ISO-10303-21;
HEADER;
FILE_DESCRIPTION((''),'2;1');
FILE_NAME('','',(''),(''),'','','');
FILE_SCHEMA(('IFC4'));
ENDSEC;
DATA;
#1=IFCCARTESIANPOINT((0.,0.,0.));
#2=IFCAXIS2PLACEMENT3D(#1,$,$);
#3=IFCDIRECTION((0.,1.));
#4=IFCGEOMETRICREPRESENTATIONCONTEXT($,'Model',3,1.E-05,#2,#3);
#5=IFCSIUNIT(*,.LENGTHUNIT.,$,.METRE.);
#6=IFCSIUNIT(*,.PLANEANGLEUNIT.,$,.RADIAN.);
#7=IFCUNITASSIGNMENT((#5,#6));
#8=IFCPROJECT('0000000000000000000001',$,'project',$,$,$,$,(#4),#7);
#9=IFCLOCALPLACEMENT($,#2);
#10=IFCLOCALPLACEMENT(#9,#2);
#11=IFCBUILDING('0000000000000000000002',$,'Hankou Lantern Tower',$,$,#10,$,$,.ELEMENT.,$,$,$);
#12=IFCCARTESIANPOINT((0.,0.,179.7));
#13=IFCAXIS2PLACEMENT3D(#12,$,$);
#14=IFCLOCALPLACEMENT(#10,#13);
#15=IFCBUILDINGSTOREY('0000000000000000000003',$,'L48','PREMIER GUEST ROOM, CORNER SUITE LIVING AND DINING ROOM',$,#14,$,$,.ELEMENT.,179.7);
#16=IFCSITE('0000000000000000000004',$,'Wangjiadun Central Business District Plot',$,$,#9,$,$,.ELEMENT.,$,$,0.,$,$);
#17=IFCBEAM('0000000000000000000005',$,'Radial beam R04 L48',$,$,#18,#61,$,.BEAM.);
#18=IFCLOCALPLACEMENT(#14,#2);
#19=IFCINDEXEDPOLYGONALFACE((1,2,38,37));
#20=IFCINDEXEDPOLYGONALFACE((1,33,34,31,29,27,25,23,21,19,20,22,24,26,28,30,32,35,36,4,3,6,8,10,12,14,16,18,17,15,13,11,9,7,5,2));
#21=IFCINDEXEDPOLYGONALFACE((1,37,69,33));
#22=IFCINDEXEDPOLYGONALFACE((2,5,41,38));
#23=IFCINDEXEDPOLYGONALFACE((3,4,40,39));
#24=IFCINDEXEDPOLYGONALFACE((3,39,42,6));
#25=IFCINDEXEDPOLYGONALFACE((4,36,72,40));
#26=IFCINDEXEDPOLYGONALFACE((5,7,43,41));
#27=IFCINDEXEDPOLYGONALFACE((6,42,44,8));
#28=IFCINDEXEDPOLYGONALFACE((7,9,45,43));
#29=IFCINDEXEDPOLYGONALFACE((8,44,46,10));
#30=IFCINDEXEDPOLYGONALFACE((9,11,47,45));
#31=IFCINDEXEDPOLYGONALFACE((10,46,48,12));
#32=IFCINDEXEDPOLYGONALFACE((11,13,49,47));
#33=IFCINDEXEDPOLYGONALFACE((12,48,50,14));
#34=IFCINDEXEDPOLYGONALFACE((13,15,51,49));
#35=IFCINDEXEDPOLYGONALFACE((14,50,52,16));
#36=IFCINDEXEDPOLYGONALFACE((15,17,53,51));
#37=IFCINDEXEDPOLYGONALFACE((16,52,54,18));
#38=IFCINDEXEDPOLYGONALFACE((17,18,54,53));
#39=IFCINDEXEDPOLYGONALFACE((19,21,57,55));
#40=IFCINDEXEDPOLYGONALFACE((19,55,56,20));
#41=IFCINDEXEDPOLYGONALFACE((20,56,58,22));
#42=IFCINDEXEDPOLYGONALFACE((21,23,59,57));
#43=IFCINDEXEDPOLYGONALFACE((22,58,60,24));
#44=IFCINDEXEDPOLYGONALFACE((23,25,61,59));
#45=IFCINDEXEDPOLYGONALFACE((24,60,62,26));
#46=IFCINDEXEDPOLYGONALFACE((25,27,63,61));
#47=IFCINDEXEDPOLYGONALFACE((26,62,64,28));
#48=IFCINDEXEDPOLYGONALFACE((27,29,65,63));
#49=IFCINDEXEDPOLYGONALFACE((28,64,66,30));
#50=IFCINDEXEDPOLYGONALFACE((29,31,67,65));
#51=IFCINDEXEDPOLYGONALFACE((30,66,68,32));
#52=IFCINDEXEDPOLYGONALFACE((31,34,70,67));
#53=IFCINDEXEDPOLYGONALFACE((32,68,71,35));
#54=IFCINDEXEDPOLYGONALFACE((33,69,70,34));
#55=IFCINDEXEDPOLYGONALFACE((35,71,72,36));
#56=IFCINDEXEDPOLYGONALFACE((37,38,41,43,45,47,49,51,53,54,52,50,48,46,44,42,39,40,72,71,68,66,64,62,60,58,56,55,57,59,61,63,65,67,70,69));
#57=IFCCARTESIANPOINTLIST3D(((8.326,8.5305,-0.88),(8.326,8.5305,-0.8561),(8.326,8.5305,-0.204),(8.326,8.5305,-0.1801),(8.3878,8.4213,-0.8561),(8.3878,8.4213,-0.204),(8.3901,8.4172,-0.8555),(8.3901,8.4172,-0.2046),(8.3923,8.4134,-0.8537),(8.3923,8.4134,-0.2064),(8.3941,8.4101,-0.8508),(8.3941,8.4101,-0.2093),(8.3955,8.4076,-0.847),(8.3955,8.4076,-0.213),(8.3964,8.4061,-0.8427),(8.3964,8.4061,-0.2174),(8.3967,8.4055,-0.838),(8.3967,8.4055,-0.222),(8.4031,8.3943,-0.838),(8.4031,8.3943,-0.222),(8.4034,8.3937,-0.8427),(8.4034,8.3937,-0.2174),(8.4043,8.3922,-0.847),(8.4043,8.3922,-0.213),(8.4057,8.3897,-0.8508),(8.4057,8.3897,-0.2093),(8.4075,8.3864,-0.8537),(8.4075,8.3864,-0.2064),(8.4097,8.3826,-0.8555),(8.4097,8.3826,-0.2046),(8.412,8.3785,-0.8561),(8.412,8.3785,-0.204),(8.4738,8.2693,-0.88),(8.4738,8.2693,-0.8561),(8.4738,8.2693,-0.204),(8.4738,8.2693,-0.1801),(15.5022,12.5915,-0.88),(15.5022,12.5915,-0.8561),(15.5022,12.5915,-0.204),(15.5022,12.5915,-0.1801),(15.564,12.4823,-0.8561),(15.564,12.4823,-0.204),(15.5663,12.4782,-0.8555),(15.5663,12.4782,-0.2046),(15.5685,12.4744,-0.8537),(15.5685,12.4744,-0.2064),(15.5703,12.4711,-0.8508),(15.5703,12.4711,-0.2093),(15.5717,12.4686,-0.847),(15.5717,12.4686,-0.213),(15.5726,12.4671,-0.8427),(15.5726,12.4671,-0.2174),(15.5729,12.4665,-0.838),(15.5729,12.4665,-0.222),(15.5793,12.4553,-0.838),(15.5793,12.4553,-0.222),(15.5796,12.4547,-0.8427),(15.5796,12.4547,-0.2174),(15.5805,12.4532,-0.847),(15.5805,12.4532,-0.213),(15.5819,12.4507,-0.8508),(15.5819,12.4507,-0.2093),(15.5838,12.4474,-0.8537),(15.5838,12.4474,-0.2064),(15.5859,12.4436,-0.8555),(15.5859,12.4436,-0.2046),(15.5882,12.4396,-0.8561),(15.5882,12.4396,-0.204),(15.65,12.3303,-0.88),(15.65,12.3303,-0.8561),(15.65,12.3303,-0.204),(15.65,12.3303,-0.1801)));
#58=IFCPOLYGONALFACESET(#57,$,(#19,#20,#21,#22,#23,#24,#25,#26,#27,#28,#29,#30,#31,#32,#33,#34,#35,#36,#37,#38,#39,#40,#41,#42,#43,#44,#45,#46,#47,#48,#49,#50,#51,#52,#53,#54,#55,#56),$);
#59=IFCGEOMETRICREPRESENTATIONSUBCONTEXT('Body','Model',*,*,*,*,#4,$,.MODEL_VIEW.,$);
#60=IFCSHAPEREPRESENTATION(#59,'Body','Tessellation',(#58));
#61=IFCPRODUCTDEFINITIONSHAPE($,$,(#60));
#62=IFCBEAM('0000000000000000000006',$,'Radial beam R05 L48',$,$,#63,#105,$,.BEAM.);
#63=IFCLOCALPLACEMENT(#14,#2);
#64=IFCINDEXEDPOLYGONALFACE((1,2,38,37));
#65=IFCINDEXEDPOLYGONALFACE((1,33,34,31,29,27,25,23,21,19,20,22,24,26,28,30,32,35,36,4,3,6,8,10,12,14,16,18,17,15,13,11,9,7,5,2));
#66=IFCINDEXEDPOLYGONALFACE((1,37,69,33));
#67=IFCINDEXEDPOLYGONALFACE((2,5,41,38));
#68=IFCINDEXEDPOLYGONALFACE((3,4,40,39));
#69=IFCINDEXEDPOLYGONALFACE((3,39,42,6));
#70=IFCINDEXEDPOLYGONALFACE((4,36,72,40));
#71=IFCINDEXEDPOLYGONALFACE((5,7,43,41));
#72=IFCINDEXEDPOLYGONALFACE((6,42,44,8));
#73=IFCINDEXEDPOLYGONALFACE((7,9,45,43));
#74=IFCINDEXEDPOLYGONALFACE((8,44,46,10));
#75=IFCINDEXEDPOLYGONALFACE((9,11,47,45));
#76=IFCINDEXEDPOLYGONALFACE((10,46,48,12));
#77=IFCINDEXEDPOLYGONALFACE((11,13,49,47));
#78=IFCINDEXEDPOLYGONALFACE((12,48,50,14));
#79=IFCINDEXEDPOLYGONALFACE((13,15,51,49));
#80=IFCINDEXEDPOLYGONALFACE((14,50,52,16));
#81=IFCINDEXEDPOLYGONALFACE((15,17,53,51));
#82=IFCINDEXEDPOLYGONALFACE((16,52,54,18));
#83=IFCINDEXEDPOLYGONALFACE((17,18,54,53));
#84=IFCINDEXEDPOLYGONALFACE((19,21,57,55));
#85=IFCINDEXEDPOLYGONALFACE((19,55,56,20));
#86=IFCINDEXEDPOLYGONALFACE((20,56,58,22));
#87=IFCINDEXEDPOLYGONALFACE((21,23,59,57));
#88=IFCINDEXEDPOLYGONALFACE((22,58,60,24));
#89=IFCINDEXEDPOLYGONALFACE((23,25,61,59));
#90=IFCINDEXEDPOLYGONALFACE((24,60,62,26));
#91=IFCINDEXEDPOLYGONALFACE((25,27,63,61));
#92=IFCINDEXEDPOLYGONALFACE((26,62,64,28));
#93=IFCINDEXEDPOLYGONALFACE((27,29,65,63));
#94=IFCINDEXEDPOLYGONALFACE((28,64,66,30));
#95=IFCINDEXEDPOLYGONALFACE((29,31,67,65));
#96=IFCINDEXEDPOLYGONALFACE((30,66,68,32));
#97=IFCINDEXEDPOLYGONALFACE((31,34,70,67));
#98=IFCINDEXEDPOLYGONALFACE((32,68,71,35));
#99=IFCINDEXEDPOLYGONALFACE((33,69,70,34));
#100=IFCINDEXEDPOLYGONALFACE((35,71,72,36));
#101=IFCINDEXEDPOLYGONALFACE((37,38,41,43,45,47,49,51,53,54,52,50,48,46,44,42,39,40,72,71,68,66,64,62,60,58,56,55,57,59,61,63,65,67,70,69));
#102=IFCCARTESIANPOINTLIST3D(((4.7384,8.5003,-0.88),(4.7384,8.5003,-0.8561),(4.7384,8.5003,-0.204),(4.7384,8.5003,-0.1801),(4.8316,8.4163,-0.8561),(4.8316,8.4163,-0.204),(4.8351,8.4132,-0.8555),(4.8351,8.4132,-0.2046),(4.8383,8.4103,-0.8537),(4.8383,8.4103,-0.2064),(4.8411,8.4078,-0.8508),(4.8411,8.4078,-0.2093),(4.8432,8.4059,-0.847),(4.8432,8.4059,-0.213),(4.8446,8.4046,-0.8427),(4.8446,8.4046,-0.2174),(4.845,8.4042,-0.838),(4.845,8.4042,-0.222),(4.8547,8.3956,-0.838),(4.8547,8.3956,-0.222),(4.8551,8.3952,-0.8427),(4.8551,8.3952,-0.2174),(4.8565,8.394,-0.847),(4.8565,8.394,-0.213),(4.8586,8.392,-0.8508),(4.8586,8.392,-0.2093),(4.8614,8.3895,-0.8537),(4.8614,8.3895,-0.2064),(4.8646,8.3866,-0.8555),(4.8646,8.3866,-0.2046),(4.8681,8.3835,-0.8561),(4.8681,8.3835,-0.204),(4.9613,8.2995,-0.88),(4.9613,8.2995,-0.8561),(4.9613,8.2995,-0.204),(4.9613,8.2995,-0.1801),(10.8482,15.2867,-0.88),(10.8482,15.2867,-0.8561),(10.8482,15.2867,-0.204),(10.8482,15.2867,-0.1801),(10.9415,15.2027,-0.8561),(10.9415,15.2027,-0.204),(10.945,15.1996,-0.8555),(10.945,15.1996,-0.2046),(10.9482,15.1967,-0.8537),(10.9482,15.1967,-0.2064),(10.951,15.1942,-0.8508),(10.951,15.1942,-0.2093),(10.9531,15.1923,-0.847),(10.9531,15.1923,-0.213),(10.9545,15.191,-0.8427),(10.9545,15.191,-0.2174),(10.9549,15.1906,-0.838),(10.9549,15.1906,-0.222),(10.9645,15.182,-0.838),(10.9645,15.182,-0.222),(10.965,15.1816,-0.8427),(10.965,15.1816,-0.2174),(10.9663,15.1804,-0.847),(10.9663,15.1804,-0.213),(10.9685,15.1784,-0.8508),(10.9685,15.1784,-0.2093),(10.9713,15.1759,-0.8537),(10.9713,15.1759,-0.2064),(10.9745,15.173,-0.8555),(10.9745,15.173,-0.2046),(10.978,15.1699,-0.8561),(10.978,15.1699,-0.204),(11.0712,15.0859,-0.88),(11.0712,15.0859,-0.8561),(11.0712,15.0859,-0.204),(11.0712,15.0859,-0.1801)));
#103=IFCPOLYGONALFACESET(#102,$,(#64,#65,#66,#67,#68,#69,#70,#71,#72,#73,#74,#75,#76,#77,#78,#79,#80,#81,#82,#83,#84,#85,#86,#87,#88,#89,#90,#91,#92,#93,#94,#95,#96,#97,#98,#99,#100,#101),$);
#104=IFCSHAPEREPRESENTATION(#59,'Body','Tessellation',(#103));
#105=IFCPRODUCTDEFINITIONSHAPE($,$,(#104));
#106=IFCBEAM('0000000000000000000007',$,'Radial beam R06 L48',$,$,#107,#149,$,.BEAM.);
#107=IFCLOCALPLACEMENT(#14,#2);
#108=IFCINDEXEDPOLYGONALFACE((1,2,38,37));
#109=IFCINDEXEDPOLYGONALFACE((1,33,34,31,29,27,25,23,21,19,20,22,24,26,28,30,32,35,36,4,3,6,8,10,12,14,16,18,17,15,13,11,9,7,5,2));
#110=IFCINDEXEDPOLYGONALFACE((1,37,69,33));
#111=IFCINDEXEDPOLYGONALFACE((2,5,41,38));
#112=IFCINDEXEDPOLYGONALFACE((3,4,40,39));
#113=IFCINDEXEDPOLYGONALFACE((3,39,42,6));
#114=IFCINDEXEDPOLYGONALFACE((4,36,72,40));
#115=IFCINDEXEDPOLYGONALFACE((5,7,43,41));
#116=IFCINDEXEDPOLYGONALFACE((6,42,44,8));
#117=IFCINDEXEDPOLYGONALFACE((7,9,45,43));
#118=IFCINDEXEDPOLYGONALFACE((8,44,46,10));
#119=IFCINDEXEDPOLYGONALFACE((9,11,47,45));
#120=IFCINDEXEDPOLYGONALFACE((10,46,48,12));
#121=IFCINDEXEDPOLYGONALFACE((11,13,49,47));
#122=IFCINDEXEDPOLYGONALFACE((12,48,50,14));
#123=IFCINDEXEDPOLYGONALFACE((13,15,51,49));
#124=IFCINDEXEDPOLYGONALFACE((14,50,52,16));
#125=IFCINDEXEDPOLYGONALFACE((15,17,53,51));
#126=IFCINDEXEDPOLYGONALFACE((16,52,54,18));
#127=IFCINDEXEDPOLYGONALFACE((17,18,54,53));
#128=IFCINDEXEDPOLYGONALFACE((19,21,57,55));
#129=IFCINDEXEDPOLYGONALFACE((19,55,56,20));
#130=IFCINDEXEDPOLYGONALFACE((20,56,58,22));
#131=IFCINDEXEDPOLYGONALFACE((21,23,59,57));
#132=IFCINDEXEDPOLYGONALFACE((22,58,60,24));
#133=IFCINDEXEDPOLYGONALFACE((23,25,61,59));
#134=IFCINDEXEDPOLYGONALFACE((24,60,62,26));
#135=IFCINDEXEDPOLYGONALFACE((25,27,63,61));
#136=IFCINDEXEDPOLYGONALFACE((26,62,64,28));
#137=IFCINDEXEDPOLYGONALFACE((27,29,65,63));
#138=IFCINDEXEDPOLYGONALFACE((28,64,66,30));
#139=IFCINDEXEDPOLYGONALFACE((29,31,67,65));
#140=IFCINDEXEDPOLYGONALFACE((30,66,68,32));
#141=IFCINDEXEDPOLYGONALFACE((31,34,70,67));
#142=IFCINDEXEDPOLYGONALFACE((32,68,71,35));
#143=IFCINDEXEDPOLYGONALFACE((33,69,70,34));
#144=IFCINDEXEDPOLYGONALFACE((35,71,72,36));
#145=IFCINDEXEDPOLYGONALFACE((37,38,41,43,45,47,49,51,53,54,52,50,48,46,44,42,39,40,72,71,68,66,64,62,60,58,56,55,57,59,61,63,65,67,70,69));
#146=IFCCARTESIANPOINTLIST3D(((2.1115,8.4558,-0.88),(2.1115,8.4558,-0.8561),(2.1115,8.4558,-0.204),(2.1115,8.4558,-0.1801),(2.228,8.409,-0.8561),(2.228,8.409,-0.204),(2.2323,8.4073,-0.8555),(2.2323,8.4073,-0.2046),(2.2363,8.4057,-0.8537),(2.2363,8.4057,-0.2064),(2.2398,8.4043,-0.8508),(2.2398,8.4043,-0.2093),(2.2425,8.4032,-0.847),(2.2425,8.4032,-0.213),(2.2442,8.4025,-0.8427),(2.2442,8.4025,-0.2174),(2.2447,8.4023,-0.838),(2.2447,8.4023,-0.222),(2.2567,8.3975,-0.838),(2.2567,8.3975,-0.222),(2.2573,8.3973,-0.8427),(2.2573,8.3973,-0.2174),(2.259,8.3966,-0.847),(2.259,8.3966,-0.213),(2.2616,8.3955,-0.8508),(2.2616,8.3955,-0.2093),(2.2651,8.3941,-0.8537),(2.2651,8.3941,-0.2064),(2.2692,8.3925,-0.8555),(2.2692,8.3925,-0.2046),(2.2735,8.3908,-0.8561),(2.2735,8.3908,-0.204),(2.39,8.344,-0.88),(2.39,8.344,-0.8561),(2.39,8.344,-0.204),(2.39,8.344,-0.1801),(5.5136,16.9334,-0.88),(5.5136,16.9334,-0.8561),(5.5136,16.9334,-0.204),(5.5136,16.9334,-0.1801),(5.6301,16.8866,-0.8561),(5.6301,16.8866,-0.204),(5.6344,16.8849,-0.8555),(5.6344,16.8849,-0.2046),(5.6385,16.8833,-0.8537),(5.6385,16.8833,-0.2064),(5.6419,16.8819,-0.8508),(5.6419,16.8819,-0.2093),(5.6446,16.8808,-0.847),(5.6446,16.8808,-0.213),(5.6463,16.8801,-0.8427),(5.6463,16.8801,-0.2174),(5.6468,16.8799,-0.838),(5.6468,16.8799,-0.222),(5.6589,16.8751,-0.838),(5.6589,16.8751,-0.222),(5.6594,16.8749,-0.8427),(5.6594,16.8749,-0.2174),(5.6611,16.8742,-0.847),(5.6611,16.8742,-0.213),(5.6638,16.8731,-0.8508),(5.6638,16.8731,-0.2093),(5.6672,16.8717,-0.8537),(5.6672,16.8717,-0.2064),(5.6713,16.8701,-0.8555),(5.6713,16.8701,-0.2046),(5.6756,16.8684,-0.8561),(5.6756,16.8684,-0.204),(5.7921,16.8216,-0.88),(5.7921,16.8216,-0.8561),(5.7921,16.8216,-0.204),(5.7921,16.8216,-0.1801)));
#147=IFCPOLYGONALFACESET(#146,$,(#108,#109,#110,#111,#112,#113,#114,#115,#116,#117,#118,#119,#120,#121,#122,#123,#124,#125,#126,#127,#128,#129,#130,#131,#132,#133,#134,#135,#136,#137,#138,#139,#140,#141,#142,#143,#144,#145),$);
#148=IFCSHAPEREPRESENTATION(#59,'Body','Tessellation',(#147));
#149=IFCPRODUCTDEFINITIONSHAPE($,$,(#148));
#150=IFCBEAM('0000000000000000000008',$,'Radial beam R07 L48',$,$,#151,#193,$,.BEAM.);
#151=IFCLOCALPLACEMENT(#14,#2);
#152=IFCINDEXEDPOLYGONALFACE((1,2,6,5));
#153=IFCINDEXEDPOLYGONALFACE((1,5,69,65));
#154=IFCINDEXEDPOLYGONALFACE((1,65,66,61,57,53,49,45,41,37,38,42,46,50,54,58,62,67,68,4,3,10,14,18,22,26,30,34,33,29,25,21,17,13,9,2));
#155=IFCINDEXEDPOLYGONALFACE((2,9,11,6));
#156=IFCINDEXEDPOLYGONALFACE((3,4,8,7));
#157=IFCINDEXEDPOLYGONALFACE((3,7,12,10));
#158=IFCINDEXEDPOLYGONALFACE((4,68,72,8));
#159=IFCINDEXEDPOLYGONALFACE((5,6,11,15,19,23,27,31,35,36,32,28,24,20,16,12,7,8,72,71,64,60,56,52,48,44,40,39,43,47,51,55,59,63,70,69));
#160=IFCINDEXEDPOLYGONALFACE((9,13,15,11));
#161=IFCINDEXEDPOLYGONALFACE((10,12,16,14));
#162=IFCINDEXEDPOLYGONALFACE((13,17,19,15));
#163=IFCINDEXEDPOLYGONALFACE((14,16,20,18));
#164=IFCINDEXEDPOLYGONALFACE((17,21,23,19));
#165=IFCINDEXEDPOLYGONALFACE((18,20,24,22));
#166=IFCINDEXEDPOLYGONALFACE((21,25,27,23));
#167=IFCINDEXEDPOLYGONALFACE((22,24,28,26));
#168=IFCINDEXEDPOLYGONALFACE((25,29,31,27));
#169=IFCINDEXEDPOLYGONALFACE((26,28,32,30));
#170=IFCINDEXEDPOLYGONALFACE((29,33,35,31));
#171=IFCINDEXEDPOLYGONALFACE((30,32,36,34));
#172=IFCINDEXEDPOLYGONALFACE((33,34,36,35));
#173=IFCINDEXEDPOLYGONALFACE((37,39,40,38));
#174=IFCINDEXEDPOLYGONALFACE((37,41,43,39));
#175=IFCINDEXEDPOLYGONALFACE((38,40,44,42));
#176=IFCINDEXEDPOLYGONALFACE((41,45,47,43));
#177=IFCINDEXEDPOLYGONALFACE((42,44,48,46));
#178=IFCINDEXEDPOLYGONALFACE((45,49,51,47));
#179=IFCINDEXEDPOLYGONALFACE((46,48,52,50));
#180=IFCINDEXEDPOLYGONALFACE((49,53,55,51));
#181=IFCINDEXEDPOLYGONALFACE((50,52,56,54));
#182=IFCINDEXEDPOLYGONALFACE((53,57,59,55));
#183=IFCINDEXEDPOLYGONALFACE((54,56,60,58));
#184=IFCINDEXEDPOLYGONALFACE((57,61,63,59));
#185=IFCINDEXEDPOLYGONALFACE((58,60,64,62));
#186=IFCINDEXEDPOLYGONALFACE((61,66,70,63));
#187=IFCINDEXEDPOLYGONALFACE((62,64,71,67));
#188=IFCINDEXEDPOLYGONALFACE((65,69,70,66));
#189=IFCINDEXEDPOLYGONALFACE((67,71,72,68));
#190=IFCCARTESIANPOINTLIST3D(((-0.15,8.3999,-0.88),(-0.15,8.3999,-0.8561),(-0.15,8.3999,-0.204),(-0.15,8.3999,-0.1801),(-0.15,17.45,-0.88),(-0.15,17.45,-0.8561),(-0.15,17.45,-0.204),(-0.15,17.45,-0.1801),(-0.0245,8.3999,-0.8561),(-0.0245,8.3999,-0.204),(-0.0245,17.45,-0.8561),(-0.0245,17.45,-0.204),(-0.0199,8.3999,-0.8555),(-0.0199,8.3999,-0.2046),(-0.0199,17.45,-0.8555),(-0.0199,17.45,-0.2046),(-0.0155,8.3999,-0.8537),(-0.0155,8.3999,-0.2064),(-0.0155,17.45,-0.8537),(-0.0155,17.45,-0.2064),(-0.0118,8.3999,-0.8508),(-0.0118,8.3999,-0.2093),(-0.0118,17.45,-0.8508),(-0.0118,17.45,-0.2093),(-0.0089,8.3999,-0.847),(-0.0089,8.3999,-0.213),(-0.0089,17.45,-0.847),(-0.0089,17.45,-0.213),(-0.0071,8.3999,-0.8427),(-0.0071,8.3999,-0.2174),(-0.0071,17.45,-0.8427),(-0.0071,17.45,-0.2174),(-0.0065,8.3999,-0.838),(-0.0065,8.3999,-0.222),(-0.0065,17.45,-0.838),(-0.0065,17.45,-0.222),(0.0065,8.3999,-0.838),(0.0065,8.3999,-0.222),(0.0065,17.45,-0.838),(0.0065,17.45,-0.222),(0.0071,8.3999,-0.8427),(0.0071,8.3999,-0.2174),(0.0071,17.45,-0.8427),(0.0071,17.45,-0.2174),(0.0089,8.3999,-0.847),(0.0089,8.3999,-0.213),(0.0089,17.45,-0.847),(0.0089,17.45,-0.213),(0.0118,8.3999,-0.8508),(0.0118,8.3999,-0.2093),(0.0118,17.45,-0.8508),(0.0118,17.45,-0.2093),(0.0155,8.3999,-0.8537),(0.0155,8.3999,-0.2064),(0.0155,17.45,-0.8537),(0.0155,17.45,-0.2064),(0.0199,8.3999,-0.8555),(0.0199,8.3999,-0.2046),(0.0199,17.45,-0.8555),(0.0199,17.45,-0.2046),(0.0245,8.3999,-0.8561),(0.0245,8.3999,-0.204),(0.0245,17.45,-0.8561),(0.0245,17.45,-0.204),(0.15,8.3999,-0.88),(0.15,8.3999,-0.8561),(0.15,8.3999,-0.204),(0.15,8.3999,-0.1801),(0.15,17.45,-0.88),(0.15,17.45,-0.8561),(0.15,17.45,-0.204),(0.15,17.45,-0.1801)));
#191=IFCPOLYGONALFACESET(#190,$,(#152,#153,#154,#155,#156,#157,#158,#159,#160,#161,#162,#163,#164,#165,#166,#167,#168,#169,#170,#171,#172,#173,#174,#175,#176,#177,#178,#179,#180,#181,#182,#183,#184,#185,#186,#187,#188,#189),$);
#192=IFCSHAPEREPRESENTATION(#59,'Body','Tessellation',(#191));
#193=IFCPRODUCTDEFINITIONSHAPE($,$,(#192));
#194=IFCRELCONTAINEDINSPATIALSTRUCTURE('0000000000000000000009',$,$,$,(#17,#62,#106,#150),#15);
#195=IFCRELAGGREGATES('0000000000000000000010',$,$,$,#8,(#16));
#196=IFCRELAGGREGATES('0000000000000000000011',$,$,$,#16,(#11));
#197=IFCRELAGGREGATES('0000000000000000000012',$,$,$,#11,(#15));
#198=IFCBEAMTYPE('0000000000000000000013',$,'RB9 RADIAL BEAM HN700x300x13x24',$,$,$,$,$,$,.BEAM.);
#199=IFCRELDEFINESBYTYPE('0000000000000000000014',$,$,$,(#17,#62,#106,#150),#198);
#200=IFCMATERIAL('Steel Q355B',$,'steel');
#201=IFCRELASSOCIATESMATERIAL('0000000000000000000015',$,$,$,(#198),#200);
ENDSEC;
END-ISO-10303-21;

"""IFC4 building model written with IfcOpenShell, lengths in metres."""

from ifc_helpers import new_model, si_unit, direction, frame, origin, origin_2d, place, context, subcontext, project, spatial, i_section, extrude, material, material_profile, profile_set, type_object, element, save


model = new_model("IFC4")

# Units and contexts
model_context = context("Model", 3, precision=1e-05, world=origin(), true_north=direction((0.0, 1.0)))
body_context = subcontext(model_context, "Body", "Model", "MODEL_VIEW")
ifc_project = project(units=[si_unit("LENGTHUNIT", "METRE"), si_unit("PLANEANGLEUNIT", "RADIAN")], contexts=[model_context])

# Site, building, storey
site_placement = place(None, origin())
site = spatial("IfcSite", under=ifc_project, at=site_placement, Name="Wangjiadun Central Business District Plot", CompositionType="ELEMENT", RefElevation=0.0)
building_placement = place(site_placement, origin())
building = spatial("IfcBuilding", under=site, at=building_placement, Name="Hankou Lantern Tower", CompositionType="ELEMENT")
storey_placement = place(building_placement, frame((0.0, 0.0, 179.7)))
storey = spatial("IfcBuildingStorey", under=building, at=storey_placement, Name="L48", Description="PREMIER GUEST ROOM, CORNER SUITE LIVING AND DINING ROOM", CompositionType="ELEMENT", Elevation=179.7)

# Beams
ifc_material_1 = material(Name="Steel Q355B", Category="steel")
ifc_material_profile_1 = material_profile(ifc_material_1, i_section(OverallWidth=0.3, OverallDepth=0.7, WebThickness=0.0129, FlangeThickness=0.0239, FilletRadius=0.0181, at=origin_2d()), Name="HN700x300x13x24")
ifc_profile_set_1 = profile_set([ifc_material_profile_1], Name="Steel Q355B")
beam_type_1 = type_object("IfcBeamType", Name="RB9 RADIAL BEAM HN700x300x13x24", PredefinedType="BEAM", material=ifc_profile_set_1)
beam_1_placement = place(storey_placement, frame((8.3999, 8.3999, -0.53), z_axis=(0.870309, 0.492506, 0.0), x_axis=(-0.492506, 0.870309, 0.0)))
element("IfcBeam", 1, at=beam_1_placement, inside=storey, type_object=beam_type_1, Name="Radial beam R04 L48", PredefinedType="BEAM", context=body_context, shape_type="SweptSolid", body=[
    extrude(i_section(OverallWidth=0.3, OverallDepth=0.7, WebThickness=0.0129, FlangeThickness=0.0239, FilletRadius=0.0181, at=origin_2d()), origin(), (0.0, 0.0, 1.0), 8.2456),
])
beam_2_placement = place(storey_placement, frame((4.8499, 8.3999, -0.53), z_axis=(0.669093, 0.743178, 0.0), x_axis=(-0.743178, 0.669093, 0.0)))
element("IfcBeam", 2, at=beam_2_placement, inside=storey, type_object=beam_type_1, Name="Radial beam R05 L48", PredefinedType="BEAM", context=body_context, shape_type="SweptSolid", body=[
    extrude(i_section(OverallWidth=0.3, OverallDepth=0.7, WebThickness=0.0129, FlangeThickness=0.0239, FilletRadius=0.0181, at=origin_2d()), origin(), (0.0, 0.0, 1.0), 9.1316),
])
beam_3_placement = place(storey_placement, frame((2.2507, 8.3999, -0.53), z_axis=(0.372436, 0.928058, 0.0), x_axis=(-0.928058, 0.372436, 0.0)))
element("IfcBeam", 3, at=beam_3_placement, inside=storey, type_object=beam_type_1, Name="Radial beam R06 L48", PredefinedType="BEAM", context=body_context, shape_type="SweptSolid", body=[
    extrude(i_section(OverallWidth=0.3, OverallDepth=0.7, WebThickness=0.0129, FlangeThickness=0.0239, FilletRadius=0.0181, at=origin_2d()), origin(), (0.0, 0.0, 1.0), 9.1348),
])
beam_4_placement = place(storey_placement, frame((0.0, 8.3999, -0.53), z_axis=(0.0, 1.0, 0.0), x_axis=(-1.0, 0.0, 0.0)))
element("IfcBeam", 4, at=beam_4_placement, inside=storey, type_object=beam_type_1, Name="Radial beam R07 L48", PredefinedType="BEAM", context=body_context, shape_type="SweptSolid", body=[
    extrude(i_section(OverallWidth=0.3, OverallDepth=0.7, WebThickness=0.0129, FlangeThickness=0.0239, FilletRadius=0.0181, at=origin_2d()), origin(), (0.0, 0.0, 1.0), 9.05),
])

save(model, "model.ifc")
